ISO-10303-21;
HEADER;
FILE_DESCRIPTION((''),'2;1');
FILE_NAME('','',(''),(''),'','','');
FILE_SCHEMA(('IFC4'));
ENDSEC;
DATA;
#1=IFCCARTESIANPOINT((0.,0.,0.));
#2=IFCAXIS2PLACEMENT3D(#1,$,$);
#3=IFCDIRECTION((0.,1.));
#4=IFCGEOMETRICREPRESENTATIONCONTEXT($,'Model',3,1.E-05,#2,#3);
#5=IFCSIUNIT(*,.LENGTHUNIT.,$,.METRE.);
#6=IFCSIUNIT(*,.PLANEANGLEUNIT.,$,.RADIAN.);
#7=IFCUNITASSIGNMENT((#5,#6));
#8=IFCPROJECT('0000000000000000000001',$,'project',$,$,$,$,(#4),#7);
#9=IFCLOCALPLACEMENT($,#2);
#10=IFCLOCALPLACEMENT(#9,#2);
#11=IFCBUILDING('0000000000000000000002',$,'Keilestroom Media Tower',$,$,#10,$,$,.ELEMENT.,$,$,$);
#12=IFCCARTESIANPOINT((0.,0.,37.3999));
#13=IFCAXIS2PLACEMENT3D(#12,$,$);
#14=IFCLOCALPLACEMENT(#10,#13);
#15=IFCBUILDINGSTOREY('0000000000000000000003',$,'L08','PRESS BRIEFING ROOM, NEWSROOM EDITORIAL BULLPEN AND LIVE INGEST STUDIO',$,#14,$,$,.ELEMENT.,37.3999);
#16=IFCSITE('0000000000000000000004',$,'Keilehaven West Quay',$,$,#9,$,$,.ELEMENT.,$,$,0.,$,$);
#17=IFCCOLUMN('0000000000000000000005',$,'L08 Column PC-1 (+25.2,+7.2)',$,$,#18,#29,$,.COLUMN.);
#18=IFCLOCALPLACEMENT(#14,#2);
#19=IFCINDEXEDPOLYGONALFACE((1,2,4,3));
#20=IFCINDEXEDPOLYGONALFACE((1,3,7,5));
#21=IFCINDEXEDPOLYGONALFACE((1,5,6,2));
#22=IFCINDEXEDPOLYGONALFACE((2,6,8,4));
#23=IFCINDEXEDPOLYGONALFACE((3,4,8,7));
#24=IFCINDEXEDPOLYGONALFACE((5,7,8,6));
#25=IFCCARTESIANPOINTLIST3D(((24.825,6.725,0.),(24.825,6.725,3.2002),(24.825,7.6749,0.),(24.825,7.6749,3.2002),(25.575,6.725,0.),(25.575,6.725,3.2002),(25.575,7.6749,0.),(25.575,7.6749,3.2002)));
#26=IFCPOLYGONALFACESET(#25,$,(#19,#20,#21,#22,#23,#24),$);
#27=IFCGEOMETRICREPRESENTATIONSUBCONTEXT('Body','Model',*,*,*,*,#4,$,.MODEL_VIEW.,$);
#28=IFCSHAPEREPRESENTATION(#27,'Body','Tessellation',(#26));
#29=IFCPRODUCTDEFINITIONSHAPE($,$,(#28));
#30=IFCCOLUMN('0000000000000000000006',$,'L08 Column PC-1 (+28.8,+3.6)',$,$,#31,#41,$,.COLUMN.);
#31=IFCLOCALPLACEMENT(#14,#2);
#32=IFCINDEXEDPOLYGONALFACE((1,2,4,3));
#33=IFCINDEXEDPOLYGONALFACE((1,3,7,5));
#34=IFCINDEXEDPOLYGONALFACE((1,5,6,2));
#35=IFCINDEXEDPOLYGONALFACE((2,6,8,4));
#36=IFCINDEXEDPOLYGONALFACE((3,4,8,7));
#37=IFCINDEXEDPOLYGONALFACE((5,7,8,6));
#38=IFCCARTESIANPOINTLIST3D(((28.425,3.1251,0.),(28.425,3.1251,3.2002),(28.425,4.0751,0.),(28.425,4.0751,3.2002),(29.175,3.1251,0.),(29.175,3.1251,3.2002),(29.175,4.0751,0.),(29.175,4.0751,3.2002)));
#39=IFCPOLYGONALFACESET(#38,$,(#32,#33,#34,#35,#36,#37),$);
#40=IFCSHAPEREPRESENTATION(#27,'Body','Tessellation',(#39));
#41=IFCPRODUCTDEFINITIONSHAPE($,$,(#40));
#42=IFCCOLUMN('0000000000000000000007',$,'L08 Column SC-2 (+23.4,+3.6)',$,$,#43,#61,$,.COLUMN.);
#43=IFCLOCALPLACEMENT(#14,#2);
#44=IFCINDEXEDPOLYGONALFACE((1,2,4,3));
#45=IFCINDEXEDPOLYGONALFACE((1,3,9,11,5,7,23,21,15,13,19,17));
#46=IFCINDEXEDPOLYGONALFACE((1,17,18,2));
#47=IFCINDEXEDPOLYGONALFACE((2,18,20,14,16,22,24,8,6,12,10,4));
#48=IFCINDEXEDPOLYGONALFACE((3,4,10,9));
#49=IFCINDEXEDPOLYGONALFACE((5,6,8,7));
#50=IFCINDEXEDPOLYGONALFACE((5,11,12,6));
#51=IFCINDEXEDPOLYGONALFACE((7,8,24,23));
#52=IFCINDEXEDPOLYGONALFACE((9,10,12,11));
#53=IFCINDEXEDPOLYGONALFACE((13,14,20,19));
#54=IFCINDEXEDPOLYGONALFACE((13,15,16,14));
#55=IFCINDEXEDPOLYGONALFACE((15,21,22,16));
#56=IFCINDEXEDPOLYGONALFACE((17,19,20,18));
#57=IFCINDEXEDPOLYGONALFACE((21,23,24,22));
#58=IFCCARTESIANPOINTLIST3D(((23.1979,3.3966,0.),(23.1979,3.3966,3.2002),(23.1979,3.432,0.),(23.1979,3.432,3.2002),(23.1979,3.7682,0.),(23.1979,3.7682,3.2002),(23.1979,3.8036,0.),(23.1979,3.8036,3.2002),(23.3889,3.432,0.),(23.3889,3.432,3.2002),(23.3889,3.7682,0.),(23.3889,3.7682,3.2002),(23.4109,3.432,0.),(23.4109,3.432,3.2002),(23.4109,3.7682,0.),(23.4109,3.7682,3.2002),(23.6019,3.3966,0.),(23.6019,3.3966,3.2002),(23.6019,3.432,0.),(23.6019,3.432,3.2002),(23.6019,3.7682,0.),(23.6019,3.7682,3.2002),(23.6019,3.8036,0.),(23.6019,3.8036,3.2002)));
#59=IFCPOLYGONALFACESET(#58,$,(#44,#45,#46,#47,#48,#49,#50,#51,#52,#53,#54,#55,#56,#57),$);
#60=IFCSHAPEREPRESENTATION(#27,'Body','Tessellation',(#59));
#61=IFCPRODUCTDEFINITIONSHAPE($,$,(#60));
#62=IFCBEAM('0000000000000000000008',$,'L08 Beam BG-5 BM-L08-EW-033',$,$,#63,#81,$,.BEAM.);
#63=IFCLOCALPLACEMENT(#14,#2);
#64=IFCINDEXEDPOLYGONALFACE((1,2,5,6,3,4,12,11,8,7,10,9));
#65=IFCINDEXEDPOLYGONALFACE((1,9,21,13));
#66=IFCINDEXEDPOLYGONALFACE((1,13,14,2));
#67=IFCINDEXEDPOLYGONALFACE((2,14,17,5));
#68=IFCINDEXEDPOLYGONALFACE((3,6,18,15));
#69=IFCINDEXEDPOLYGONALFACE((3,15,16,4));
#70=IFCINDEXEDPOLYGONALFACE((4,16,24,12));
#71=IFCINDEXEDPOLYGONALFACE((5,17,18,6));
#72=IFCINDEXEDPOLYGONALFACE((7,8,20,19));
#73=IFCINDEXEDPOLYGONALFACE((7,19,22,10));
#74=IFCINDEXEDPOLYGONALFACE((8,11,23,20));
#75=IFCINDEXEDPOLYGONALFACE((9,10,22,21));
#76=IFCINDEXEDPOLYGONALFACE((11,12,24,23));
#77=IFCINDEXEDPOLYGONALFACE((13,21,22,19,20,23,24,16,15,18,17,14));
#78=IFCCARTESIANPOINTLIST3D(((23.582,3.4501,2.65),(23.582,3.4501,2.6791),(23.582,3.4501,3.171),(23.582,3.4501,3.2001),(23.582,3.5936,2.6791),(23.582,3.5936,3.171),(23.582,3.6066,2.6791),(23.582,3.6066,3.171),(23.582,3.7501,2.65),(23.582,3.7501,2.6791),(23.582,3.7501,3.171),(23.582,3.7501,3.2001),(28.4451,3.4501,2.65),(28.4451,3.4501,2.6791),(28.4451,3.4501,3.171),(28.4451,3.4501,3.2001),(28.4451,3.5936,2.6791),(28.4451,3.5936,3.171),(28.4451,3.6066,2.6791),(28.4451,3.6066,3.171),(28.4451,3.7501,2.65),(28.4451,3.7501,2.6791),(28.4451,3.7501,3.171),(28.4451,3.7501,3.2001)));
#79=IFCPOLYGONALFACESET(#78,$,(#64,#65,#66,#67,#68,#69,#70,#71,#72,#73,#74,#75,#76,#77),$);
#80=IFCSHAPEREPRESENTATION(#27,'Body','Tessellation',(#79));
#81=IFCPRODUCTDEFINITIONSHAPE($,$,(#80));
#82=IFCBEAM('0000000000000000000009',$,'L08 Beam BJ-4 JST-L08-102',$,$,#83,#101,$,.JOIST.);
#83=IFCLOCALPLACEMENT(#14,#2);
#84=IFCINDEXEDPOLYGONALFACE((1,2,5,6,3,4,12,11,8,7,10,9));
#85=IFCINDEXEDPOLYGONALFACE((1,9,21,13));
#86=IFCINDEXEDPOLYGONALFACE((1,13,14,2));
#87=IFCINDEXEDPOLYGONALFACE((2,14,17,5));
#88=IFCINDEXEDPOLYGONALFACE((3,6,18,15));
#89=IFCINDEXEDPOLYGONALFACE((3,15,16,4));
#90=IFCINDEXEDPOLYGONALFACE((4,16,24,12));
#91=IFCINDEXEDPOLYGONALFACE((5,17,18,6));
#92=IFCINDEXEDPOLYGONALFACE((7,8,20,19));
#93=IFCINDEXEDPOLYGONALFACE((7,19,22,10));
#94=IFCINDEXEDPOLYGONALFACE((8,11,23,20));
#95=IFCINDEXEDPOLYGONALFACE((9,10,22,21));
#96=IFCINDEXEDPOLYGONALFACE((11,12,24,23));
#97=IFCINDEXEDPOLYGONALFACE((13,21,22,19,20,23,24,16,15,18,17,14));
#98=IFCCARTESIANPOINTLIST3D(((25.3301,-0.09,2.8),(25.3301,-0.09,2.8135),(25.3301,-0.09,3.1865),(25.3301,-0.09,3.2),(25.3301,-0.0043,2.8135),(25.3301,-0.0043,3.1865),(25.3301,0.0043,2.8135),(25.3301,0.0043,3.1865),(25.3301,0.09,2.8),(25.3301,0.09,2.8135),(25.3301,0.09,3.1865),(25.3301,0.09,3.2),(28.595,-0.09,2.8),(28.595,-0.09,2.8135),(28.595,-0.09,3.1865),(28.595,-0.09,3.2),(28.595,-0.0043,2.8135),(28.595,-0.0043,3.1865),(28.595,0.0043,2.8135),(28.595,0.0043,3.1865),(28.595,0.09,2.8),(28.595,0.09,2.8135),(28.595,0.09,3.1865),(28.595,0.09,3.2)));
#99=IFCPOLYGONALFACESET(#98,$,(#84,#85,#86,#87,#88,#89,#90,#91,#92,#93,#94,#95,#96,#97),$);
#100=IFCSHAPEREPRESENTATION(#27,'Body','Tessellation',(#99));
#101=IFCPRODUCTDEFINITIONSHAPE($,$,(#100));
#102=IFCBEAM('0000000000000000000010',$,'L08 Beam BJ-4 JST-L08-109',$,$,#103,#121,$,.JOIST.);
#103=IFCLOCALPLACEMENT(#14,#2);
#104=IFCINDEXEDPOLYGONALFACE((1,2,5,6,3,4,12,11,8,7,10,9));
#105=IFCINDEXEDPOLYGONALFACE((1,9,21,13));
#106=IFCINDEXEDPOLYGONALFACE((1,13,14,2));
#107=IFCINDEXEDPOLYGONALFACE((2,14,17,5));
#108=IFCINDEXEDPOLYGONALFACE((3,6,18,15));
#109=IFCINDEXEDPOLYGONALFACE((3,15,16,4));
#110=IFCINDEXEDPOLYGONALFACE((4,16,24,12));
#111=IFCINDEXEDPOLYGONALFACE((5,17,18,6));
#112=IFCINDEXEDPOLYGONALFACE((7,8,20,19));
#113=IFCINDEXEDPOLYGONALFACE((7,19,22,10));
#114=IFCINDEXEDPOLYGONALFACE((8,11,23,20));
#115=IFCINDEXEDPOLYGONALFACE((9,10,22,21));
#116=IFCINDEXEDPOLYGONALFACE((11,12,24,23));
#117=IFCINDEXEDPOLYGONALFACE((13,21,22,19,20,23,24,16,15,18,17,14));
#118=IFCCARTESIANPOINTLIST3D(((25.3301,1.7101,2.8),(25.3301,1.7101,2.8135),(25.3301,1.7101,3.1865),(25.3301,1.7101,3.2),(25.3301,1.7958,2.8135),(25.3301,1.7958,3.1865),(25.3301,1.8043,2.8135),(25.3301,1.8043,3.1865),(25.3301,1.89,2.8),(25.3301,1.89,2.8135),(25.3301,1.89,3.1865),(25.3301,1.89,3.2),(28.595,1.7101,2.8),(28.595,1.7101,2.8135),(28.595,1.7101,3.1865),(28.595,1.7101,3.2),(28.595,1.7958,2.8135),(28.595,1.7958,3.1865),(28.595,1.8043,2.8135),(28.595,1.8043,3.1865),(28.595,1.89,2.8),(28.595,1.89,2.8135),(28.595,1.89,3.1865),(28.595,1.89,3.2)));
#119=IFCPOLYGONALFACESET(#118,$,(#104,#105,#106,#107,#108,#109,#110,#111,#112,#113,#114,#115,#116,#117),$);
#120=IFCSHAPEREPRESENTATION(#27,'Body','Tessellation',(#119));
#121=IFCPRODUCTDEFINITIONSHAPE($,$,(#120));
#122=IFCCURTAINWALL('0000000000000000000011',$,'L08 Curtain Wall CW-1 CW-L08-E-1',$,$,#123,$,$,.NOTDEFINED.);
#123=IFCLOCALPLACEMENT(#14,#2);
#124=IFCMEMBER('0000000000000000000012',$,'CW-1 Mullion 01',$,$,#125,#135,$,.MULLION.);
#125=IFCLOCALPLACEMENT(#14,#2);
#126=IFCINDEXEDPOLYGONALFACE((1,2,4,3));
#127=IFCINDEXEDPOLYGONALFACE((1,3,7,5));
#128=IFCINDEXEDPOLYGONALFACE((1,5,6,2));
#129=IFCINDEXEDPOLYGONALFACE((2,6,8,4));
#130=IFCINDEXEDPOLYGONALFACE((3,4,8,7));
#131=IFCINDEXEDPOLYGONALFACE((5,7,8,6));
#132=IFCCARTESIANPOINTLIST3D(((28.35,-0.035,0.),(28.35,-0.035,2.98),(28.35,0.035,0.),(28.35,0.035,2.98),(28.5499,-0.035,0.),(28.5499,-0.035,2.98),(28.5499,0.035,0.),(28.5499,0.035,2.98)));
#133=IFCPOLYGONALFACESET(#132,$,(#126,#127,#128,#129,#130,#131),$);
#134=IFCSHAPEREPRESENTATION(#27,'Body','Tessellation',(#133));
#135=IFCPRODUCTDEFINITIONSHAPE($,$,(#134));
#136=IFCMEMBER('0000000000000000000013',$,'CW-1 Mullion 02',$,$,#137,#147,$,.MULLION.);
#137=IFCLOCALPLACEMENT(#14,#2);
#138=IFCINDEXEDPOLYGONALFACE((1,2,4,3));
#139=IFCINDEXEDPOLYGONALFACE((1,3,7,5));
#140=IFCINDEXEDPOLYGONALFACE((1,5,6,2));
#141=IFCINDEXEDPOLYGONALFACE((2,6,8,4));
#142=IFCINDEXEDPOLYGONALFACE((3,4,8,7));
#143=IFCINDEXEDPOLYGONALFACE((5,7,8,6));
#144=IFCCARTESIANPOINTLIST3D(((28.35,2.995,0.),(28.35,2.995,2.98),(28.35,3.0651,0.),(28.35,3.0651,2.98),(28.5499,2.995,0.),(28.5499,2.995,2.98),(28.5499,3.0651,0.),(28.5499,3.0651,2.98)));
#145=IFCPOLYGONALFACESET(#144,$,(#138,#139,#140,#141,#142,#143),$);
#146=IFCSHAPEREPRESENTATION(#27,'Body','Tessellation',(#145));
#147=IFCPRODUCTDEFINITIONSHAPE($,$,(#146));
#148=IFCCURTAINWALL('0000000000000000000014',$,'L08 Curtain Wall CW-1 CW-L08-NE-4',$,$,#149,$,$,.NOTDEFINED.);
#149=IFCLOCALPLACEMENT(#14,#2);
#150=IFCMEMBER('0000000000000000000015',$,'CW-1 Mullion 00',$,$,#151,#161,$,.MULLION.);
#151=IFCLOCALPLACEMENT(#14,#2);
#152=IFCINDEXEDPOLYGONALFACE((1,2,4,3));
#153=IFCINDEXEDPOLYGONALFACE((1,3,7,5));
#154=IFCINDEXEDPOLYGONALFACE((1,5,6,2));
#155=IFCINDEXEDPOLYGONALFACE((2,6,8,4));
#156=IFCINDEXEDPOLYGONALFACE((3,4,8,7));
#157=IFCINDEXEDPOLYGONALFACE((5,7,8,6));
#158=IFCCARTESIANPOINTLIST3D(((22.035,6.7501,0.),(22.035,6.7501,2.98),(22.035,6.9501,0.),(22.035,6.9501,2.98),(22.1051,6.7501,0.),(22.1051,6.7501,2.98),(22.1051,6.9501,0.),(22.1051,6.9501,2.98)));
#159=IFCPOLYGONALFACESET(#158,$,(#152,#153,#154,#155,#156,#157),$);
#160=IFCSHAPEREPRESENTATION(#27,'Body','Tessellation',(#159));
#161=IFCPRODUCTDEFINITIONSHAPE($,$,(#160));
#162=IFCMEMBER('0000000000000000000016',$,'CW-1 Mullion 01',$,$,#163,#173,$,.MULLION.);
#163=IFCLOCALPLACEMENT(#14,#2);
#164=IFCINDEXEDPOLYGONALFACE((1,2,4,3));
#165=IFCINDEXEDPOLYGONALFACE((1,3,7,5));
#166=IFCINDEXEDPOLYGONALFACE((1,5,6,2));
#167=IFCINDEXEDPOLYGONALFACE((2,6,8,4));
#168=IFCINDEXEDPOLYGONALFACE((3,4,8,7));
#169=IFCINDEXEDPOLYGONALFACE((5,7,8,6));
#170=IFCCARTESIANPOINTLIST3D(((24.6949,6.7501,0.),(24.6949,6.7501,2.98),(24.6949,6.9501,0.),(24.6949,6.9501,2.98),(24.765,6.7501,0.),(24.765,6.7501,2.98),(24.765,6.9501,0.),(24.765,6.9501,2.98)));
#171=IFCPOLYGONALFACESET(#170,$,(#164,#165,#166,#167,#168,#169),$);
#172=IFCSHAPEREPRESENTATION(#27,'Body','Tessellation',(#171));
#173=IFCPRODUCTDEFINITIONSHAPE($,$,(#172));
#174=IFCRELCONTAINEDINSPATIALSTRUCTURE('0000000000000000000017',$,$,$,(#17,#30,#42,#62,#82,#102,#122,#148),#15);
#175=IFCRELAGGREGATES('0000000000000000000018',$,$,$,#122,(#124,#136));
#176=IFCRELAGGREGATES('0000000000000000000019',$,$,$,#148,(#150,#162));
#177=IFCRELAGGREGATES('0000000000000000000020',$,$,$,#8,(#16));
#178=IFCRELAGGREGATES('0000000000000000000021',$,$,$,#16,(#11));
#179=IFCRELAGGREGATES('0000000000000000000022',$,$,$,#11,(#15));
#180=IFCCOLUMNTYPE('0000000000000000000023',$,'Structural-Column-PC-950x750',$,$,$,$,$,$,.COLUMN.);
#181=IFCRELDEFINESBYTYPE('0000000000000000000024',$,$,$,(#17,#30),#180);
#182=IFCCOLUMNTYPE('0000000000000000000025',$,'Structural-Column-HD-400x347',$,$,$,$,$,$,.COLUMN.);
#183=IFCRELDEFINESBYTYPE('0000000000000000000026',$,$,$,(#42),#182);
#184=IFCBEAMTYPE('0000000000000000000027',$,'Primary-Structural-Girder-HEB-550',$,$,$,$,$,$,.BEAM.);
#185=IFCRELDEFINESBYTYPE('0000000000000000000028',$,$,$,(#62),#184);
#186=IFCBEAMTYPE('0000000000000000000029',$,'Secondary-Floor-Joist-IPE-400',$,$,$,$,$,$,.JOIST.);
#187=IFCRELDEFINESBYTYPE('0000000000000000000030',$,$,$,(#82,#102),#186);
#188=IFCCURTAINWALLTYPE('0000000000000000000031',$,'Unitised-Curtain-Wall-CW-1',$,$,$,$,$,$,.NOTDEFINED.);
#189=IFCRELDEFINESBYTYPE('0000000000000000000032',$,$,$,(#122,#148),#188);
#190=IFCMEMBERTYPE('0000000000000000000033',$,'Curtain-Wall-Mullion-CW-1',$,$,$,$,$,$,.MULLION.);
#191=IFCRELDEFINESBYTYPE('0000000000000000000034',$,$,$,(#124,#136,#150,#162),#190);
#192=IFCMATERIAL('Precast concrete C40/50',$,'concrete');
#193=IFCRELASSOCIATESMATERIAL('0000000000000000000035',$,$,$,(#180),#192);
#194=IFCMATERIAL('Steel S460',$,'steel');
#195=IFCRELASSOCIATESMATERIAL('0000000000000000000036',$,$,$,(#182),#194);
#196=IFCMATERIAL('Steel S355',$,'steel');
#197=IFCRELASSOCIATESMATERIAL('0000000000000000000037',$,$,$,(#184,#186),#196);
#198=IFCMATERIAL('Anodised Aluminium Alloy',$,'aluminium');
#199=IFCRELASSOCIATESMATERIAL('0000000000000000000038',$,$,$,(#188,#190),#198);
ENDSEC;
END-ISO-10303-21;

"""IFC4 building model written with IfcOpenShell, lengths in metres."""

from ifc_helpers import new_model, si_unit, direction, frame, origin, origin_2d, place, context, subcontext, project, spatial, rectangle, i_section, extrude, source, transform, mapped, material, material_profile, profile_set, type_object, element, aggregate, save


model = new_model("IFC4")

# Units and contexts
model_context = context("Model", 3, precision=1e-05, world=origin(), true_north=direction((0.0, 1.0)))
body_context = subcontext(model_context, "Body", "Model", "MODEL_VIEW")
ifc_project = project(units=[si_unit("LENGTHUNIT", "METRE"), si_unit("PLANEANGLEUNIT", "RADIAN")], contexts=[model_context])

# Site, building, storey
site_placement = place(None, origin())
site = spatial("IfcSite", under=ifc_project, at=site_placement, Name="Keilehaven West Quay", CompositionType="ELEMENT", RefElevation=0.0)
building_placement = place(site_placement, origin())
building = spatial("IfcBuilding", under=site, at=building_placement, Name="Keilestroom Media Tower", CompositionType="ELEMENT")
storey_placement = place(building_placement, frame((0.0, 0.0, 37.3999)))
storey = spatial("IfcBuildingStorey", under=building, at=storey_placement, Name="L08", Description="PRESS BRIEFING ROOM, NEWSROOM EDITORIAL BULLPEN AND LIVE INGEST STUDIO", CompositionType="ELEMENT", Elevation=37.3999)

# Columns
ifc_material_1 = material(Name="Precast concrete C40/50", Category="concrete")
ifc_material_profile_1 = material_profile(ifc_material_1, rectangle(XDim=0.75, YDim=0.95, at=origin_2d()), Name="PC 950x750")
ifc_profile_set_1 = profile_set([ifc_material_profile_1], Name="Precast concrete C40/50")
column_type_1 = type_object("IfcColumnType", Name="Structural-Column-PC-950x750", PredefinedType="COLUMN", material=ifc_profile_set_1)
shared_shape_1 = source(origin(), body_context, "Body", "SweptSolid", [
    extrude(rectangle(XDim=0.75, YDim=0.95, at=origin_2d()), origin(), (0.0, 0.0, 1.0), 3.2002),
])
for number, where, z_axis, x_axis, name in (
    (1, (25.2, 7.2, 0.0), (0.0, 0.0, 1.0), (1.0, 0.0, 0.0), "L08 Column PC-1 (+25.2,+7.2)"),
    (2, (28.8, 3.6001, 0.0), (0.0, 0.0, 1.0), (1.0, 0.0, 0.0), "L08 Column PC-1 (+28.8,+3.6)"),
):
    element("IfcColumn", number, at=place(storey_placement, frame(where, z_axis=z_axis, x_axis=x_axis)), inside=storey, type_object=column_type_1, Name=name, PredefinedType="COLUMN", context=body_context, shape_type="MappedRepresentation", body=[
        mapped(shared_shape_1, transform((0.0, 0.0, 0.0), x_axis=(1.0, 0.0, 0.0), y_axis=(0.0, 1.0, 0.0), z_axis=(0.0, 0.0, 1.0), scale=1.0)),
    ])
ifc_material_2 = material(Name="Steel S460", Category="steel")
ifc_material_profile_2 = material_profile(ifc_material_2, i_section(OverallWidth=0.4041, OverallDepth=0.407, WebThickness=0.022, FlangeThickness=0.0354, at=origin_2d()), Name="HD 400x347")
ifc_profile_set_2 = profile_set([ifc_material_profile_2], Name="Steel S460")
column_type_2 = type_object("IfcColumnType", Name="Structural-Column-HD-400x347", PredefinedType="COLUMN", material=ifc_profile_set_2)
shared_shape_2 = source(origin(), body_context, "Body", "SweptSolid", [
    extrude(i_section(OverallWidth=0.4041, OverallDepth=0.407, WebThickness=0.022, FlangeThickness=0.0354, at=origin_2d()), origin(), (0.0, 0.0, 1.0), 3.2002),
])
column_placement = place(storey_placement, frame((23.3999, 3.6001, 0.0), z_axis=(0.0, 0.0, 1.0), x_axis=(1.0, 0.0, 0.0)))
element("IfcColumn", 3, at=column_placement, inside=storey, type_object=column_type_2, Name="L08 Column SC-2 (+23.4,+3.6)", PredefinedType="COLUMN", context=body_context, shape_type="MappedRepresentation", body=[
    mapped(shared_shape_2, transform((0.0, 0.0, 0.0), x_axis=(1.0, 0.0, 0.0), y_axis=(0.0, 1.0, 0.0), z_axis=(0.0, 0.0, 1.0), scale=1.0)),
])

# Beams
ifc_material_3 = material(Name="Steel S355", Category="steel")
ifc_material_profile_3 = material_profile(ifc_material_3, i_section(OverallWidth=0.3, OverallDepth=0.55, WebThickness=0.0129, FlangeThickness=0.0291, at=origin_2d()), Name="HEB 550")
ifc_profile_set_3 = profile_set([ifc_material_profile_3], Name="Steel S355")
beam_type_1 = type_object("IfcBeamType", Name="Primary-Structural-Girder-HEB-550", PredefinedType="BEAM", material=ifc_profile_set_3)
shared_shape_3 = source(origin(), body_context, "Body", "SweptSolid", [
    extrude(i_section(OverallWidth=0.3, OverallDepth=0.55, WebThickness=0.0129, FlangeThickness=0.0291, at=origin_2d()), origin(), (0.0, 0.0, 1.0), 4.863),
])
beam_placement = place(storey_placement, frame((23.582, 3.6001, 2.925), z_axis=(1.0, 0.0, 0.0), x_axis=(0.0, 1.0, 0.0)))
element("IfcBeam", 4, at=beam_placement, inside=storey, type_object=beam_type_1, Name="L08 Beam BG-5 BM-L08-EW-033", PredefinedType="BEAM", context=body_context, shape_type="MappedRepresentation", body=[
    mapped(shared_shape_3, transform((0.0, 0.0, 0.0), x_axis=(1.0, 0.0, 0.0), y_axis=(0.0, 1.0, 0.0), z_axis=(0.0, 0.0, 1.0), scale=1.0)),
])
ifc_material_profile_4 = material_profile(ifc_material_3, i_section(OverallWidth=0.1799, OverallDepth=0.3999, WebThickness=0.0085, FlangeThickness=0.0134, at=origin_2d()), Name="IPE 400")
ifc_profile_set_4 = profile_set([ifc_material_profile_4], Name="Steel S355")
beam_type_2 = type_object("IfcBeamType", Name="Secondary-Floor-Joist-IPE-400", PredefinedType="JOIST", material=ifc_profile_set_4)
shared_shape_4 = source(origin(), body_context, "Body", "SweptSolid", [
    extrude(i_section(OverallWidth=0.1799, OverallDepth=0.3999, WebThickness=0.0085, FlangeThickness=0.0134, at=origin_2d()), origin(), (0.0, 0.0, 1.0), 3.2649),
])
for number, where, z_axis, x_axis, name in (
    (5, (25.3301, 0.0, 3.0), (1.0, 0.0, 0.0), (0.0, 1.0, 0.0), "L08 Beam BJ-4 JST-L08-102"),
    (6, (25.3301, 1.8, 3.0), (1.0, 0.0, 0.0), (0.0, 1.0, 0.0), "L08 Beam BJ-4 JST-L08-109"),
):
    element("IfcBeam", number, at=place(storey_placement, frame(where, z_axis=z_axis, x_axis=x_axis)), inside=storey, type_object=beam_type_2, Name=name, PredefinedType="JOIST", context=body_context, shape_type="MappedRepresentation", body=[
        mapped(shared_shape_4, transform((0.0, 0.0, 0.0), x_axis=(1.0, 0.0, 0.0), y_axis=(0.0, 1.0, 0.0), z_axis=(0.0, 0.0, 1.0), scale=1.0)),
    ])

# Curtain walls, members
ifc_material_4 = material(Name="Anodised Aluminium Alloy", Category="aluminium")
curtain_wall_type = type_object("IfcCurtainWallType", Name="Unitised-Curtain-Wall-CW-1", PredefinedType="NOTDEFINED", material=ifc_material_4)
curtain_wall_1_placement = place(storey_placement, origin())
curtain_wall_1 = element("IfcCurtainWall", 7, at=curtain_wall_1_placement, inside=storey, type_object=curtain_wall_type, Name="L08 Curtain Wall CW-1 CW-L08-E-1", PredefinedType="NOTDEFINED")
ifc_material_profile_5 = material_profile(ifc_material_4, rectangle(XDim=0.0701, YDim=0.2, at=origin_2d()), Name="ALU MULLION 70x200")
ifc_profile_set_5 = profile_set([ifc_material_profile_5], Name="Anodised Aluminium Alloy")
member_type_1 = type_object("IfcMemberType", Name="Curtain-Wall-Mullion-CW-1", PredefinedType="MULLION", material=ifc_profile_set_5)
shared_shape_5 = source(origin(), body_context, "Body", "SweptSolid", [
    extrude(rectangle(XDim=0.0701, YDim=0.2, at=origin_2d()), origin(), (0.0, 0.0, 1.0), 2.98),
])
member_1_placement = place(storey_placement, frame((28.45, 0.0, 0.0), z_axis=(0.0, 0.0, 1.0), x_axis=(0.0, 1.0, 0.0)))
member_1 = element("IfcMember", 8, at=member_1_placement, type_object=member_type_1, Name="CW-1 Mullion 01", PredefinedType="MULLION", context=body_context, shape_type="MappedRepresentation", body=[
    mapped(shared_shape_5, transform((0.0, 0.0, 0.0), x_axis=(1.0, 0.0, 0.0), y_axis=(0.0, 1.0, 0.0), z_axis=(0.0, 0.0, 1.0), scale=1.0)),
])
member_2_placement = place(storey_placement, frame((28.45, 3.03, 0.0), z_axis=(0.0, 0.0, 1.0), x_axis=(0.0, 1.0, 0.0)))
member_2 = element("IfcMember", 9, at=member_2_placement, type_object=member_type_1, Name="CW-1 Mullion 02", PredefinedType="MULLION", context=body_context, shape_type="MappedRepresentation", body=[
    mapped(shared_shape_5, transform((0.0, 0.0, 0.0), x_axis=(1.0, 0.0, 0.0), y_axis=(0.0, 1.0, 0.0), z_axis=(0.0, 0.0, 1.0), scale=1.0)),
])
curtain_wall_2_placement = place(storey_placement, origin())
curtain_wall_2 = element("IfcCurtainWall", 10, at=curtain_wall_2_placement, inside=storey, type_object=curtain_wall_type, Name="L08 Curtain Wall CW-1 CW-L08-NE-4", PredefinedType="NOTDEFINED")
member_3_placement = place(storey_placement, frame((22.0701, 6.8501, 0.0), z_axis=(0.0, 0.0, 1.0), x_axis=(1.0, 0.0, 0.0)))
member_3 = element("IfcMember", 11, at=member_3_placement, type_object=member_type_1, Name="CW-1 Mullion 00", PredefinedType="MULLION", context=body_context, shape_type="MappedRepresentation", body=[
    mapped(shared_shape_5, transform((0.0, 0.0, 0.0), x_axis=(1.0, 0.0, 0.0), y_axis=(0.0, 1.0, 0.0), z_axis=(0.0, 0.0, 1.0), scale=1.0)),
])
member_4_placement = place(storey_placement, frame((24.73, 6.8501, 0.0), z_axis=(0.0, 0.0, 1.0), x_axis=(1.0, 0.0, 0.0)))
member_4 = element("IfcMember", 12, at=member_4_placement, type_object=member_type_1, Name="CW-1 Mullion 01", PredefinedType="MULLION", context=body_context, shape_type="MappedRepresentation", body=[
    mapped(shared_shape_5, transform((0.0, 0.0, 0.0), x_axis=(1.0, 0.0, 0.0), y_axis=(0.0, 1.0, 0.0), z_axis=(0.0, 0.0, 1.0), scale=1.0)),
])

aggregate(curtain_wall_1, [member_1, member_2])
aggregate(curtain_wall_2, [member_3, member_4])

save(model, "model.ifc")
